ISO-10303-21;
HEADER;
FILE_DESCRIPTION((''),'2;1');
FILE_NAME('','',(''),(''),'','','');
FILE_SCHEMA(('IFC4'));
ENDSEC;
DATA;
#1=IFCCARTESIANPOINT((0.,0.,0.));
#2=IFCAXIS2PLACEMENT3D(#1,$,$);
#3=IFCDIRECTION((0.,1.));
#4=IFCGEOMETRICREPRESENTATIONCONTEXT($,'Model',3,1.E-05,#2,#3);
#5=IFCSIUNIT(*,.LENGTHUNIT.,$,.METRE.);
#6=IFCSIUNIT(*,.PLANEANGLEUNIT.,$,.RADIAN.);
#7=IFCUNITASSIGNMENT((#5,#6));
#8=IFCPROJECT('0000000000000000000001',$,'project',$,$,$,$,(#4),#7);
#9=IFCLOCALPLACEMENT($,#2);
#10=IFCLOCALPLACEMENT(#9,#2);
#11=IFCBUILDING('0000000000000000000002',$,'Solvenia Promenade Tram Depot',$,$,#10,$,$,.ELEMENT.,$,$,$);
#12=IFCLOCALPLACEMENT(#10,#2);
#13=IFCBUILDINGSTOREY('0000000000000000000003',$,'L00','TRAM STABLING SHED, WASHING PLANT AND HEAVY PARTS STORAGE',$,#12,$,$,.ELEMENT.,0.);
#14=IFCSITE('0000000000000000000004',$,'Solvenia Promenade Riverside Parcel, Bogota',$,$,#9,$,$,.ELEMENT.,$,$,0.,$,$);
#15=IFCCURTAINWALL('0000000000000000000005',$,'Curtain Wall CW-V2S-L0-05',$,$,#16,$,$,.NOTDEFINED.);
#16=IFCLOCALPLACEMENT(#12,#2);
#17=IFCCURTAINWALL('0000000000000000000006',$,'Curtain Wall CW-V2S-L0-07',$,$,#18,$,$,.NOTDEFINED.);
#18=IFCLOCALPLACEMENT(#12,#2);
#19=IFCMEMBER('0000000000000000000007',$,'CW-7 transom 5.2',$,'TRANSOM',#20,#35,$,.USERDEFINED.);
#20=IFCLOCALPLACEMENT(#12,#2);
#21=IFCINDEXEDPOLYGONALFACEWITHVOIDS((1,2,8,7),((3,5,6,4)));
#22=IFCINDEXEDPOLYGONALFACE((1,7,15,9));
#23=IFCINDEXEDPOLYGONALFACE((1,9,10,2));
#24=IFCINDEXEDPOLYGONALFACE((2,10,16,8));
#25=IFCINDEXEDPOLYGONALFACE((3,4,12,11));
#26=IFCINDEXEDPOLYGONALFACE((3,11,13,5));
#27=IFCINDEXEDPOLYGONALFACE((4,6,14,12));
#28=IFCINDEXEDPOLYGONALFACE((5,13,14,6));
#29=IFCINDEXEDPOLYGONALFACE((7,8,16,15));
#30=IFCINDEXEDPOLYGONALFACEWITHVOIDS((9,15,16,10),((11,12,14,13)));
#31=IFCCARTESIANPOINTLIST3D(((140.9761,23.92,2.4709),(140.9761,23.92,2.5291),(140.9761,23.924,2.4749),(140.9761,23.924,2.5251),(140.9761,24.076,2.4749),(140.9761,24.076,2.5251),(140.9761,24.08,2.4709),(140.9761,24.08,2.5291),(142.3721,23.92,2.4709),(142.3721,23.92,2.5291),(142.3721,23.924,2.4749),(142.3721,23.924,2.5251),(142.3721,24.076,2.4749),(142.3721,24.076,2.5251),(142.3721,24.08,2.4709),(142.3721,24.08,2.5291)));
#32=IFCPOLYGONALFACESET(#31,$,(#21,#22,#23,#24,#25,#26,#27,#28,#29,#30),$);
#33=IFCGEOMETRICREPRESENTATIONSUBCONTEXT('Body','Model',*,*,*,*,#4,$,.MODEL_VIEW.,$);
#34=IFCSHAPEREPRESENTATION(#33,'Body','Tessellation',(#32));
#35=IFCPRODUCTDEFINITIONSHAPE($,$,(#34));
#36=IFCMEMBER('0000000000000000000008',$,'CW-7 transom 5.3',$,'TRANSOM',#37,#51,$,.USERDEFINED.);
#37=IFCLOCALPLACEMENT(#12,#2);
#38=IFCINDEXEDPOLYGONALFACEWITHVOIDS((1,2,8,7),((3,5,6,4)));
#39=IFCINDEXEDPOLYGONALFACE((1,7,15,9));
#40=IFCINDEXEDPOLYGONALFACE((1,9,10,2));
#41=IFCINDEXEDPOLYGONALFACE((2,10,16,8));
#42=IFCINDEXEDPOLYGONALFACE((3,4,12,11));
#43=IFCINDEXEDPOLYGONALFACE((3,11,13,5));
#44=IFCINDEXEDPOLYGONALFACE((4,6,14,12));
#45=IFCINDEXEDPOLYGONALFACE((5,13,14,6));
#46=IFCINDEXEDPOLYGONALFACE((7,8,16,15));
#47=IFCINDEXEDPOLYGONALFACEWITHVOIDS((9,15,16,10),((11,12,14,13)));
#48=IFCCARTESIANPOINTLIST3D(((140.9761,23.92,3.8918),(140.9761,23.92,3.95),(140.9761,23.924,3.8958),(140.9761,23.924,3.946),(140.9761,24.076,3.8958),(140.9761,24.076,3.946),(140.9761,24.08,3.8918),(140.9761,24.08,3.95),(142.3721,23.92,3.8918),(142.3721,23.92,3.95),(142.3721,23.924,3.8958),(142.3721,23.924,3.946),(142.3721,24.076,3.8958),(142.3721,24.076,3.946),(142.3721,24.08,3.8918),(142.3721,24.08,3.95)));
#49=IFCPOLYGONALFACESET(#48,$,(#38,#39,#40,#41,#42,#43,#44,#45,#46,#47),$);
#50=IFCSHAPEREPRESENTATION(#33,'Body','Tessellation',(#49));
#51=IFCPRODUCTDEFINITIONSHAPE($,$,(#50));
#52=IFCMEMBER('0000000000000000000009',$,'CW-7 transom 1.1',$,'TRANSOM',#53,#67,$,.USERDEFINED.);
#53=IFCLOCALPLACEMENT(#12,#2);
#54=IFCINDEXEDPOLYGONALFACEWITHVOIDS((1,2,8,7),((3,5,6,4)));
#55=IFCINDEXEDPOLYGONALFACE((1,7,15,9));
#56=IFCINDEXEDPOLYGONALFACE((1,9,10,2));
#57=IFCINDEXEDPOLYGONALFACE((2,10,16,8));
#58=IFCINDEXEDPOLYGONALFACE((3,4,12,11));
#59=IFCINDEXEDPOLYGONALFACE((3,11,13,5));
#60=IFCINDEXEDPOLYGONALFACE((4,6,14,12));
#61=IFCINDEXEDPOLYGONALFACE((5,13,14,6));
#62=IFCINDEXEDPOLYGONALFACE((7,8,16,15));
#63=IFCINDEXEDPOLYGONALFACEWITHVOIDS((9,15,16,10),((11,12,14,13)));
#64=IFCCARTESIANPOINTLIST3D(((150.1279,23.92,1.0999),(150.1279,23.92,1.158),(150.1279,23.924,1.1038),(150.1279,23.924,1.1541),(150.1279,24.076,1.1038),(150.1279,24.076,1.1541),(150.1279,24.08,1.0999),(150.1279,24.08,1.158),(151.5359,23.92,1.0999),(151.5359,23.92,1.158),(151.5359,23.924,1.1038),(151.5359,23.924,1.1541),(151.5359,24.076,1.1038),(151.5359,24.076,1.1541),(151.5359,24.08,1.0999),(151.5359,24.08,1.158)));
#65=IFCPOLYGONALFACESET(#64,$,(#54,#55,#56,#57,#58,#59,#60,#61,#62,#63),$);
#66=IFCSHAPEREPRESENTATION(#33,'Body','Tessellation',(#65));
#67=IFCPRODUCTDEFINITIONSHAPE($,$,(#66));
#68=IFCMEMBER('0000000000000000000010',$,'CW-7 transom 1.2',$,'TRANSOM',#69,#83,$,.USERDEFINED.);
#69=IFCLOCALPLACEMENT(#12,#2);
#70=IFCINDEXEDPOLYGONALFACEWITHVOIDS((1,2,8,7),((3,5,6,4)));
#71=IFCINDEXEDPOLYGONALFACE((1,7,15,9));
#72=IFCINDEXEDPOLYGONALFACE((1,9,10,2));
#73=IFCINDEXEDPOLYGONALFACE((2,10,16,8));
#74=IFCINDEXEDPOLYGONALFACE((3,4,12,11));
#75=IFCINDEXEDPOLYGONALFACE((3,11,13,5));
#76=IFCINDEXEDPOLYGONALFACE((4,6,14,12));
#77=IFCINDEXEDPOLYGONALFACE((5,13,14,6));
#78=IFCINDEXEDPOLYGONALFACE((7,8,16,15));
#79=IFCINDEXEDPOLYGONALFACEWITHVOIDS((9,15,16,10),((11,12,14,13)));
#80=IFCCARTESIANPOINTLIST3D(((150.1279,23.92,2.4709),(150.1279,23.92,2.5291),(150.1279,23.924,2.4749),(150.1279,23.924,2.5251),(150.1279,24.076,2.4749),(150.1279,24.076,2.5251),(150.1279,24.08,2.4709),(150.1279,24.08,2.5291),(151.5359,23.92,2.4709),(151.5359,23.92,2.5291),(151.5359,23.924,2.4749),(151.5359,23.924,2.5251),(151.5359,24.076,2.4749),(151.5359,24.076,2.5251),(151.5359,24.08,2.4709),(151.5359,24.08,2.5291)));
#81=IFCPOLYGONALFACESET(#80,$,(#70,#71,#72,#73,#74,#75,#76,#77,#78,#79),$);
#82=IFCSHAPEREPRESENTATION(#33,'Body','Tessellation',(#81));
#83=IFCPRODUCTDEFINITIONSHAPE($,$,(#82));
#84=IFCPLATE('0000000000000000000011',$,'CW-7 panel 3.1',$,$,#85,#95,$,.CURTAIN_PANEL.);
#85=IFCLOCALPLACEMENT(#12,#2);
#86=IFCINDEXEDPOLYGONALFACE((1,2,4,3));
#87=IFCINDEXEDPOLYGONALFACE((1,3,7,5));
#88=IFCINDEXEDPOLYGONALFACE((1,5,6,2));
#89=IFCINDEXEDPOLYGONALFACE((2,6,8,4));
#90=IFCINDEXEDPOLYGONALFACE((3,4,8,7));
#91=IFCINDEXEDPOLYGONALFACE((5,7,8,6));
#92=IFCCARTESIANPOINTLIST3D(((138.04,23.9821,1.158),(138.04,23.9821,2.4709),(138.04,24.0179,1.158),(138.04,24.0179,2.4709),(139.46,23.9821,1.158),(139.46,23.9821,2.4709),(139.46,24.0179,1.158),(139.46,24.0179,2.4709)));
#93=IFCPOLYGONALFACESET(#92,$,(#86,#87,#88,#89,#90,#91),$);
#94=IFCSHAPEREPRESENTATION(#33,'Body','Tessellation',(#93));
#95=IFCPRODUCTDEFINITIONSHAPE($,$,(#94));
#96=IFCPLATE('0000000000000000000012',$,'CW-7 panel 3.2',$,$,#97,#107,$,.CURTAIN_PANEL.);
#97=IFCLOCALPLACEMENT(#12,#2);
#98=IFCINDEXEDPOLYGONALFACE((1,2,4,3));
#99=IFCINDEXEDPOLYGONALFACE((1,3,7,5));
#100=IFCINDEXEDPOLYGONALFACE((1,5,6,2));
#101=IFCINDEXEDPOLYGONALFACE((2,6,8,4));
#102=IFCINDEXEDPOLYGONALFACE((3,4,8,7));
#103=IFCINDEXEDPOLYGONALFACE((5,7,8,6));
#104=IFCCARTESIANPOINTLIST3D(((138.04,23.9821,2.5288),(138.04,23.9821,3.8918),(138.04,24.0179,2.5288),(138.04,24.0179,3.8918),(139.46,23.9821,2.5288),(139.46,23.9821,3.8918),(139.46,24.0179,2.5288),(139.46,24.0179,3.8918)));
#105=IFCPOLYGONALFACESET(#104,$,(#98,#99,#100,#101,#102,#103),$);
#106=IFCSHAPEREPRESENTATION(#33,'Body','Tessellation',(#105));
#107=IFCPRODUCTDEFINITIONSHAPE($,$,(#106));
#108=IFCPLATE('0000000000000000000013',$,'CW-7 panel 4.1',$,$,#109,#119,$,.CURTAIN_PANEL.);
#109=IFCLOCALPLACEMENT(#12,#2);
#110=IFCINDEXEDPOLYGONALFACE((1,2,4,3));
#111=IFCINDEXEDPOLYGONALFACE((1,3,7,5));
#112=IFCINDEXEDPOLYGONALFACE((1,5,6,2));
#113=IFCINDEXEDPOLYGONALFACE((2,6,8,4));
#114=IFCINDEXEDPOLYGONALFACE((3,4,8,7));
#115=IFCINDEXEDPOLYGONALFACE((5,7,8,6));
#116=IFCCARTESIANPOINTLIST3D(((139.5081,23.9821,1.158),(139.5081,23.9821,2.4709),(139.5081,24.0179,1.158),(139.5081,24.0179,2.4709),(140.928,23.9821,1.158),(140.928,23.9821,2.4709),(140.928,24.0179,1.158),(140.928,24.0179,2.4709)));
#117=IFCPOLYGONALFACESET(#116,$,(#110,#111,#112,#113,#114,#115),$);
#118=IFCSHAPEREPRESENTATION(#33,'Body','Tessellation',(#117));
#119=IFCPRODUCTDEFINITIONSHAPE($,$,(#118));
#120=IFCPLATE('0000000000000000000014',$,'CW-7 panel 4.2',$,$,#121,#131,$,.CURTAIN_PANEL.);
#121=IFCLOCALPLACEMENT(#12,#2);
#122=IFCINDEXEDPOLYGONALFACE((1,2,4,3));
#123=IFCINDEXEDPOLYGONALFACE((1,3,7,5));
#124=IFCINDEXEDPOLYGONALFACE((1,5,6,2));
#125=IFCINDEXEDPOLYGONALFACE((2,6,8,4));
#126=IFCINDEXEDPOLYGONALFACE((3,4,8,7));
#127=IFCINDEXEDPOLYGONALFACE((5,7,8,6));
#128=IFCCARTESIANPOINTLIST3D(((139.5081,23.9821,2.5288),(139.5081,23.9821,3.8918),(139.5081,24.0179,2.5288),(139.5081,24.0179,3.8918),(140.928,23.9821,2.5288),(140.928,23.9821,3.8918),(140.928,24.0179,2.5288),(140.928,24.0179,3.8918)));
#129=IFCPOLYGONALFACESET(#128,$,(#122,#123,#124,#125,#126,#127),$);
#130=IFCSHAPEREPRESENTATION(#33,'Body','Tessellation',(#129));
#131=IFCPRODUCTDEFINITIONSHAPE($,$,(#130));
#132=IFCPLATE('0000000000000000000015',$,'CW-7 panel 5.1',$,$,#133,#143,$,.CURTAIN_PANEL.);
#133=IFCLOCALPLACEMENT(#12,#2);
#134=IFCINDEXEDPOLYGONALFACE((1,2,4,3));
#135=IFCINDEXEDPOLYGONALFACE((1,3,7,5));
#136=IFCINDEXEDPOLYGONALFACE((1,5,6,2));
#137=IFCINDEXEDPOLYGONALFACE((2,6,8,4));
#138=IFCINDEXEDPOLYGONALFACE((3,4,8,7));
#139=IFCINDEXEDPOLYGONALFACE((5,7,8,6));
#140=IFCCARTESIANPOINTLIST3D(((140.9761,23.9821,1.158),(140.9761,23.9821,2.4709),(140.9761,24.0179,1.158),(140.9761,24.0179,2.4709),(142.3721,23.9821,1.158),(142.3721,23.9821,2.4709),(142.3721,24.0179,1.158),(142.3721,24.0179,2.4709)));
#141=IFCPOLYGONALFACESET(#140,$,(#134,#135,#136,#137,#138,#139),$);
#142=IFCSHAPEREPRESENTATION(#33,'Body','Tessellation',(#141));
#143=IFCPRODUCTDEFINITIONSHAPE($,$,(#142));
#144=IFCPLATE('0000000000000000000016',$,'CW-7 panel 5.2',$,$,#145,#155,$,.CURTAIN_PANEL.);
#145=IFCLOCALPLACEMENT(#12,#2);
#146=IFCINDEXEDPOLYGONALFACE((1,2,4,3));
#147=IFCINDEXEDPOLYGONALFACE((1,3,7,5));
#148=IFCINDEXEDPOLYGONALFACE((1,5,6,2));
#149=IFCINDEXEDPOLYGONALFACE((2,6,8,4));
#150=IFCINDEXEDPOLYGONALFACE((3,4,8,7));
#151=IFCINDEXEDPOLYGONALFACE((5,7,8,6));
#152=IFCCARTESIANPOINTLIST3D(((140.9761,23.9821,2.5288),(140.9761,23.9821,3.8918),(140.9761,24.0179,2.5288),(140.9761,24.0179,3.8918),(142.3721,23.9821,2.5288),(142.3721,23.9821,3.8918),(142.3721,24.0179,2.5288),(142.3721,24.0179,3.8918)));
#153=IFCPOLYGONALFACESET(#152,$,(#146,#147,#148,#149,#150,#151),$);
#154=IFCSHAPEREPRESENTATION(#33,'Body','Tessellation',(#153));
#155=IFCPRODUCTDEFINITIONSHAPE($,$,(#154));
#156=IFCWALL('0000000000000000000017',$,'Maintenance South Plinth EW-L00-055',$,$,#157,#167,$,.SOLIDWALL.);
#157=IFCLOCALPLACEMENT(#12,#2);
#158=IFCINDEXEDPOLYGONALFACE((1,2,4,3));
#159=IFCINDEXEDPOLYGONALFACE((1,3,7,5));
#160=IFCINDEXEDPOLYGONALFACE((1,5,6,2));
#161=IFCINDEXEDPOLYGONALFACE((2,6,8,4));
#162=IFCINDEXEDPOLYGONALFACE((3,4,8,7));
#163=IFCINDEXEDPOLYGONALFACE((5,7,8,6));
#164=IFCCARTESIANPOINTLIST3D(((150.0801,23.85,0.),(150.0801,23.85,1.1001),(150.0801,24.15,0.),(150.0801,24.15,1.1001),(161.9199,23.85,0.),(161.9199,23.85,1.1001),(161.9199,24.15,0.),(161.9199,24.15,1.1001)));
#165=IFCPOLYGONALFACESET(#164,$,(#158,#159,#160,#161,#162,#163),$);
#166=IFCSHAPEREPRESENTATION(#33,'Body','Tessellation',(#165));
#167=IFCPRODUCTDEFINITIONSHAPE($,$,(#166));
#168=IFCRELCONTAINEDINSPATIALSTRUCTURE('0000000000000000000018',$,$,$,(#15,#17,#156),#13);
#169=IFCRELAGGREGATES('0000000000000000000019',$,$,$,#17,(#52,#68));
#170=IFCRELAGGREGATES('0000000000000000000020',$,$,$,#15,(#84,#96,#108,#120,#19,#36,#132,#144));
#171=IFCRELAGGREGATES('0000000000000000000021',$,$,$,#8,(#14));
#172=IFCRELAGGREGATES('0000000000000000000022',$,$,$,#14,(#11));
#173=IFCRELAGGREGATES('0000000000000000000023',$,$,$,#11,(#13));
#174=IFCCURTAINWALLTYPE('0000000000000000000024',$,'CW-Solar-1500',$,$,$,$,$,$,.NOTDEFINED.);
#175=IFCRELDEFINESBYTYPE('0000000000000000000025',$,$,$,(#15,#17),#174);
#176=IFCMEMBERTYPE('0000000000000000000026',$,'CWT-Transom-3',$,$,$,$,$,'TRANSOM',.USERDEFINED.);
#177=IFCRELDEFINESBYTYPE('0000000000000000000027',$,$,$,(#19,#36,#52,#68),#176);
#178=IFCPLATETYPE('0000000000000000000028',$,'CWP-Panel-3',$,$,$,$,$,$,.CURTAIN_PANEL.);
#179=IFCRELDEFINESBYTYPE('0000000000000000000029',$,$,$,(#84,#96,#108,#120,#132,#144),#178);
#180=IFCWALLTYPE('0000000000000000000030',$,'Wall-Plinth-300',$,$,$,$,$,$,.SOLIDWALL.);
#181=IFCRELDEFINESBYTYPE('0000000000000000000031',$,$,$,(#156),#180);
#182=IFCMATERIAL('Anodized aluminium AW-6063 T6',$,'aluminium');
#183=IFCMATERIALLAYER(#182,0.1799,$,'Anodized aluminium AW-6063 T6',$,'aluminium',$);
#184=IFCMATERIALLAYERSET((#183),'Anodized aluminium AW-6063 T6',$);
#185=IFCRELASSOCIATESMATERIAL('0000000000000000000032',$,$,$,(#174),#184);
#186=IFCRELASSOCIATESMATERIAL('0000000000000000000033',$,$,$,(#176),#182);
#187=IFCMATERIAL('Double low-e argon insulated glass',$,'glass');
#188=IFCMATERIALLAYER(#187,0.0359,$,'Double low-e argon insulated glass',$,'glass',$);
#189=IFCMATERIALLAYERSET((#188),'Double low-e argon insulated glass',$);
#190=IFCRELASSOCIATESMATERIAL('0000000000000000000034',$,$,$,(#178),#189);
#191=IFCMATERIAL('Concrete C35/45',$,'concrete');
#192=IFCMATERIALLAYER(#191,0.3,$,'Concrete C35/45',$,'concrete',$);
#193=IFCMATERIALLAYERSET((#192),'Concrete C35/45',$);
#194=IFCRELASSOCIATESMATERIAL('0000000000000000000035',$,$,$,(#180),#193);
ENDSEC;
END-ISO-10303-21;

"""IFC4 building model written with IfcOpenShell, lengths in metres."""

from ifc_helpers import new_model, si_unit, direction, frame, frame_2d, origin, origin_2d, place, context, subcontext, project, spatial, rectangle, hollow_rectangle, extrude, material, layer, layer_set, material_profile, profile_set, type_object, element, aggregate, save


model = new_model("IFC4")

# Units and contexts
model_context = context("Model", 3, precision=1e-05, world=origin(), true_north=direction((0.0, 1.0)))
body_context = subcontext(model_context, "Body", "Model", "MODEL_VIEW")
ifc_project = project(units=[si_unit("LENGTHUNIT", "METRE"), si_unit("PLANEANGLEUNIT", "RADIAN")], contexts=[model_context])

# Site, building, storey
site_placement = place(None, origin())
site = spatial("IfcSite", under=ifc_project, at=site_placement, Name="Solvenia Promenade Riverside Parcel, Bogota", CompositionType="ELEMENT", RefElevation=0.0)
building_placement = place(site_placement, origin())
building = spatial("IfcBuilding", under=site, at=building_placement, Name="Solvenia Promenade Tram Depot", CompositionType="ELEMENT")
storey_placement = place(building_placement, origin())
storey = spatial("IfcBuildingStorey", under=building, at=storey_placement, Name="L00", Description="TRAM STABLING SHED, WASHING PLANT AND HEAVY PARTS STORAGE", CompositionType="ELEMENT", Elevation=0.0)

# Curtain wall
ifc_material_1 = material(Name="Anodized aluminium AW-6063 T6", Category="aluminium")
ifc_layer_1 = layer(ifc_material_1, 0.1799, Name="Anodized aluminium AW-6063 T6", Category="aluminium")
ifc_layer_set_1 = layer_set([ifc_layer_1], Name="Anodized aluminium AW-6063 T6")
curtain_wall_type = type_object("IfcCurtainWallType", Name="CW-Solar-1500", PredefinedType="NOTDEFINED", material=ifc_layer_set_1)
curtain_wall_1_placement = place(storey_placement, origin())
curtain_wall_1 = element("IfcCurtainWall", 1, at=curtain_wall_1_placement, inside=storey, type_object=curtain_wall_type, Name="Curtain Wall CW-V2S-L0-05", PredefinedType="NOTDEFINED")

# Curtain wall
curtain_wall_2_placement = place(storey_placement, origin())
curtain_wall_2 = element("IfcCurtainWall", 2, at=curtain_wall_2_placement, inside=storey, type_object=curtain_wall_type, Name="Curtain Wall CW-V2S-L0-07", PredefinedType="NOTDEFINED")

# Members
ifc_material_profile_1 = material_profile(ifc_material_1, hollow_rectangle(XDim=0.1599, YDim=0.0581, WallThickness=0.0039, at=origin_2d()), Name="ALU-T3", Category="aluminium")
ifc_profile_set_1 = profile_set([ifc_material_profile_1], Name="Anodized aluminium AW-6063 T6")
member_type_1 = type_object("IfcMemberType", Name="CWT-Transom-3", ElementType="TRANSOM", PredefinedType="USERDEFINED", material=ifc_profile_set_1)
member_1_placement = place(storey_placement, frame((140.9761, 24.0, 2.5), z_axis=(1.0, 0.0, 0.0), x_axis=(0.0, 1.0, 0.0)))
member_1 = element("IfcMember", 3, at=member_1_placement, type_object=member_type_1, Name="CW-7 transom 5.2", ObjectType="TRANSOM", PredefinedType="USERDEFINED", context=body_context, shape_type="SweptSolid", body=[
    extrude(hollow_rectangle(XDim=0.1599, YDim=0.0581, WallThickness=0.0039, at=origin_2d()), origin(), (0.0, 0.0, 1.0), 1.396),
])
member_2_placement = place(storey_placement, frame((140.9761, 24.0, 3.9209), z_axis=(1.0, 0.0, 0.0), x_axis=(0.0, 1.0, 0.0)))
member_2 = element("IfcMember", 4, at=member_2_placement, type_object=member_type_1, Name="CW-7 transom 5.3", ObjectType="TRANSOM", PredefinedType="USERDEFINED", context=body_context, shape_type="SweptSolid", body=[
    extrude(hollow_rectangle(XDim=0.1599, YDim=0.0581, WallThickness=0.0039, at=origin_2d()), origin(), (0.0, 0.0, 1.0), 1.396),
])
member_3_placement = place(storey_placement, frame((150.1279, 24.0, 1.1289), z_axis=(1.0, 0.0, 0.0), x_axis=(0.0, 1.0, 0.0)))
member_3 = element("IfcMember", 5, at=member_3_placement, type_object=member_type_1, Name="CW-7 transom 1.1", ObjectType="TRANSOM", PredefinedType="USERDEFINED", context=body_context, shape_type="SweptSolid", body=[
    extrude(hollow_rectangle(XDim=0.1599, YDim=0.0581, WallThickness=0.0039, at=origin_2d()), origin(), (0.0, 0.0, 1.0), 1.408),
])
member_4_placement = place(storey_placement, frame((150.1279, 24.0, 2.5), z_axis=(1.0, 0.0, 0.0), x_axis=(0.0, 1.0, 0.0)))
member_4 = element("IfcMember", 6, at=member_4_placement, type_object=member_type_1, Name="CW-7 transom 1.2", ObjectType="TRANSOM", PredefinedType="USERDEFINED", context=body_context, shape_type="SweptSolid", body=[
    extrude(hollow_rectangle(XDim=0.1599, YDim=0.0581, WallThickness=0.0039, at=origin_2d()), origin(), (0.0, 0.0, 1.0), 1.408),
])
aggregate(curtain_wall_2, [member_3, member_4])

# Plates
ifc_material_2 = material(Name="Double low-e argon insulated glass", Category="glass")
ifc_layer_2 = layer(ifc_material_2, 0.0359, Name="Double low-e argon insulated glass", Category="glass")
ifc_layer_set_2 = layer_set([ifc_layer_2], Name="Double low-e argon insulated glass")
plate_type = type_object("IfcPlateType", Name="CWP-Panel-3", PredefinedType="CURTAIN_PANEL", material=ifc_layer_set_2)
plate_1_placement = place(storey_placement, frame((138.75, 24.0, 1.158), z_axis=(0.0, 0.0, 1.0), x_axis=(1.0, 0.0, 0.0)))
plate_1 = element("IfcPlate", 7, at=plate_1_placement, type_object=plate_type, Name="CW-7 panel 3.1", PredefinedType="CURTAIN_PANEL", context=body_context, shape_type="SweptSolid", body=[
    extrude(rectangle(XDim=1.4199, YDim=0.0359, at=origin_2d()), origin(), (0.0, 0.0, 1.0), 1.313),
])
plate_2_placement = place(storey_placement, frame((138.75, 24.0, 2.5288), z_axis=(0.0, 0.0, 1.0), x_axis=(1.0, 0.0, 0.0)))
plate_2 = element("IfcPlate", 8, at=plate_2_placement, type_object=plate_type, Name="CW-7 panel 3.2", PredefinedType="CURTAIN_PANEL", context=body_context, shape_type="SweptSolid", body=[
    extrude(rectangle(XDim=1.4199, YDim=0.0359, at=origin_2d()), origin(), (0.0, 0.0, 1.0), 1.363),
])
plate_3_placement = place(storey_placement, frame((140.218, 24.0, 1.158), z_axis=(0.0, 0.0, 1.0), x_axis=(1.0, 0.0, 0.0)))
plate_3 = element("IfcPlate", 9, at=plate_3_placement, type_object=plate_type, Name="CW-7 panel 4.1", PredefinedType="CURTAIN_PANEL", context=body_context, shape_type="SweptSolid", body=[
    extrude(rectangle(XDim=1.4199, YDim=0.0359, at=origin_2d()), origin(), (0.0, 0.0, 1.0), 1.313),
])
plate_4_placement = place(storey_placement, frame((140.218, 24.0, 2.5288), z_axis=(0.0, 0.0, 1.0), x_axis=(1.0, 0.0, 0.0)))
plate_4 = element("IfcPlate", 10, at=plate_4_placement, type_object=plate_type, Name="CW-7 panel 4.2", PredefinedType="CURTAIN_PANEL", context=body_context, shape_type="SweptSolid", body=[
    extrude(rectangle(XDim=1.4199, YDim=0.0359, at=origin_2d()), origin(), (0.0, 0.0, 1.0), 1.363),
])
plate_5_placement = place(storey_placement, frame((141.6741, 24.0, 1.158), z_axis=(0.0, 0.0, 1.0), x_axis=(1.0, 0.0, 0.0)))
plate_5 = element("IfcPlate", 11, at=plate_5_placement, type_object=plate_type, Name="CW-7 panel 5.1", PredefinedType="CURTAIN_PANEL", context=body_context, shape_type="SweptSolid", body=[
    extrude(rectangle(XDim=1.396, YDim=0.0359, at=origin_2d()), origin(), (0.0, 0.0, 1.0), 1.313),
])
plate_6_placement = place(storey_placement, frame((141.6741, 24.0, 2.5288), z_axis=(0.0, 0.0, 1.0), x_axis=(1.0, 0.0, 0.0)))
plate_6 = element("IfcPlate", 12, at=plate_6_placement, type_object=plate_type, Name="CW-7 panel 5.2", PredefinedType="CURTAIN_PANEL", context=body_context, shape_type="SweptSolid", body=[
    extrude(rectangle(XDim=1.396, YDim=0.0359, at=origin_2d()), origin(), (0.0, 0.0, 1.0), 1.363),
])
aggregate(curtain_wall_1, [plate_1, plate_2, plate_3, plate_4, member_1, member_2, plate_5, plate_6])

# Wall
ifc_material_3 = material(Name="Concrete C35/45", Category="concrete")
ifc_layer_3 = layer(ifc_material_3, 0.3, Name="Concrete C35/45", Category="concrete")
ifc_layer_set_3 = layer_set([ifc_layer_3], Name="Concrete C35/45")
wall_type_1 = type_object("IfcWallType", Name="Wall-Plinth-300", PredefinedType="SOLIDWALL", material=ifc_layer_set_3)
wall_1_placement = place(storey_placement, frame((150.0801, 24.0, 0.0), z_axis=(0.0, 0.0, 1.0), x_axis=(1.0, 0.0, 0.0)))
element("IfcWall", 13, at=wall_1_placement, inside=storey, type_object=wall_type_1, Name="Maintenance South Plinth EW-L00-055", PredefinedType="SOLIDWALL", context=body_context, shape_type="SweptSolid", body=[
    extrude(rectangle(XDim=11.8398, YDim=0.3, at=frame_2d((5.9199, 0.0))), origin(), (0.0, 0.0, 1.0), 1.1001),
])

save(model, "model.ifc")
